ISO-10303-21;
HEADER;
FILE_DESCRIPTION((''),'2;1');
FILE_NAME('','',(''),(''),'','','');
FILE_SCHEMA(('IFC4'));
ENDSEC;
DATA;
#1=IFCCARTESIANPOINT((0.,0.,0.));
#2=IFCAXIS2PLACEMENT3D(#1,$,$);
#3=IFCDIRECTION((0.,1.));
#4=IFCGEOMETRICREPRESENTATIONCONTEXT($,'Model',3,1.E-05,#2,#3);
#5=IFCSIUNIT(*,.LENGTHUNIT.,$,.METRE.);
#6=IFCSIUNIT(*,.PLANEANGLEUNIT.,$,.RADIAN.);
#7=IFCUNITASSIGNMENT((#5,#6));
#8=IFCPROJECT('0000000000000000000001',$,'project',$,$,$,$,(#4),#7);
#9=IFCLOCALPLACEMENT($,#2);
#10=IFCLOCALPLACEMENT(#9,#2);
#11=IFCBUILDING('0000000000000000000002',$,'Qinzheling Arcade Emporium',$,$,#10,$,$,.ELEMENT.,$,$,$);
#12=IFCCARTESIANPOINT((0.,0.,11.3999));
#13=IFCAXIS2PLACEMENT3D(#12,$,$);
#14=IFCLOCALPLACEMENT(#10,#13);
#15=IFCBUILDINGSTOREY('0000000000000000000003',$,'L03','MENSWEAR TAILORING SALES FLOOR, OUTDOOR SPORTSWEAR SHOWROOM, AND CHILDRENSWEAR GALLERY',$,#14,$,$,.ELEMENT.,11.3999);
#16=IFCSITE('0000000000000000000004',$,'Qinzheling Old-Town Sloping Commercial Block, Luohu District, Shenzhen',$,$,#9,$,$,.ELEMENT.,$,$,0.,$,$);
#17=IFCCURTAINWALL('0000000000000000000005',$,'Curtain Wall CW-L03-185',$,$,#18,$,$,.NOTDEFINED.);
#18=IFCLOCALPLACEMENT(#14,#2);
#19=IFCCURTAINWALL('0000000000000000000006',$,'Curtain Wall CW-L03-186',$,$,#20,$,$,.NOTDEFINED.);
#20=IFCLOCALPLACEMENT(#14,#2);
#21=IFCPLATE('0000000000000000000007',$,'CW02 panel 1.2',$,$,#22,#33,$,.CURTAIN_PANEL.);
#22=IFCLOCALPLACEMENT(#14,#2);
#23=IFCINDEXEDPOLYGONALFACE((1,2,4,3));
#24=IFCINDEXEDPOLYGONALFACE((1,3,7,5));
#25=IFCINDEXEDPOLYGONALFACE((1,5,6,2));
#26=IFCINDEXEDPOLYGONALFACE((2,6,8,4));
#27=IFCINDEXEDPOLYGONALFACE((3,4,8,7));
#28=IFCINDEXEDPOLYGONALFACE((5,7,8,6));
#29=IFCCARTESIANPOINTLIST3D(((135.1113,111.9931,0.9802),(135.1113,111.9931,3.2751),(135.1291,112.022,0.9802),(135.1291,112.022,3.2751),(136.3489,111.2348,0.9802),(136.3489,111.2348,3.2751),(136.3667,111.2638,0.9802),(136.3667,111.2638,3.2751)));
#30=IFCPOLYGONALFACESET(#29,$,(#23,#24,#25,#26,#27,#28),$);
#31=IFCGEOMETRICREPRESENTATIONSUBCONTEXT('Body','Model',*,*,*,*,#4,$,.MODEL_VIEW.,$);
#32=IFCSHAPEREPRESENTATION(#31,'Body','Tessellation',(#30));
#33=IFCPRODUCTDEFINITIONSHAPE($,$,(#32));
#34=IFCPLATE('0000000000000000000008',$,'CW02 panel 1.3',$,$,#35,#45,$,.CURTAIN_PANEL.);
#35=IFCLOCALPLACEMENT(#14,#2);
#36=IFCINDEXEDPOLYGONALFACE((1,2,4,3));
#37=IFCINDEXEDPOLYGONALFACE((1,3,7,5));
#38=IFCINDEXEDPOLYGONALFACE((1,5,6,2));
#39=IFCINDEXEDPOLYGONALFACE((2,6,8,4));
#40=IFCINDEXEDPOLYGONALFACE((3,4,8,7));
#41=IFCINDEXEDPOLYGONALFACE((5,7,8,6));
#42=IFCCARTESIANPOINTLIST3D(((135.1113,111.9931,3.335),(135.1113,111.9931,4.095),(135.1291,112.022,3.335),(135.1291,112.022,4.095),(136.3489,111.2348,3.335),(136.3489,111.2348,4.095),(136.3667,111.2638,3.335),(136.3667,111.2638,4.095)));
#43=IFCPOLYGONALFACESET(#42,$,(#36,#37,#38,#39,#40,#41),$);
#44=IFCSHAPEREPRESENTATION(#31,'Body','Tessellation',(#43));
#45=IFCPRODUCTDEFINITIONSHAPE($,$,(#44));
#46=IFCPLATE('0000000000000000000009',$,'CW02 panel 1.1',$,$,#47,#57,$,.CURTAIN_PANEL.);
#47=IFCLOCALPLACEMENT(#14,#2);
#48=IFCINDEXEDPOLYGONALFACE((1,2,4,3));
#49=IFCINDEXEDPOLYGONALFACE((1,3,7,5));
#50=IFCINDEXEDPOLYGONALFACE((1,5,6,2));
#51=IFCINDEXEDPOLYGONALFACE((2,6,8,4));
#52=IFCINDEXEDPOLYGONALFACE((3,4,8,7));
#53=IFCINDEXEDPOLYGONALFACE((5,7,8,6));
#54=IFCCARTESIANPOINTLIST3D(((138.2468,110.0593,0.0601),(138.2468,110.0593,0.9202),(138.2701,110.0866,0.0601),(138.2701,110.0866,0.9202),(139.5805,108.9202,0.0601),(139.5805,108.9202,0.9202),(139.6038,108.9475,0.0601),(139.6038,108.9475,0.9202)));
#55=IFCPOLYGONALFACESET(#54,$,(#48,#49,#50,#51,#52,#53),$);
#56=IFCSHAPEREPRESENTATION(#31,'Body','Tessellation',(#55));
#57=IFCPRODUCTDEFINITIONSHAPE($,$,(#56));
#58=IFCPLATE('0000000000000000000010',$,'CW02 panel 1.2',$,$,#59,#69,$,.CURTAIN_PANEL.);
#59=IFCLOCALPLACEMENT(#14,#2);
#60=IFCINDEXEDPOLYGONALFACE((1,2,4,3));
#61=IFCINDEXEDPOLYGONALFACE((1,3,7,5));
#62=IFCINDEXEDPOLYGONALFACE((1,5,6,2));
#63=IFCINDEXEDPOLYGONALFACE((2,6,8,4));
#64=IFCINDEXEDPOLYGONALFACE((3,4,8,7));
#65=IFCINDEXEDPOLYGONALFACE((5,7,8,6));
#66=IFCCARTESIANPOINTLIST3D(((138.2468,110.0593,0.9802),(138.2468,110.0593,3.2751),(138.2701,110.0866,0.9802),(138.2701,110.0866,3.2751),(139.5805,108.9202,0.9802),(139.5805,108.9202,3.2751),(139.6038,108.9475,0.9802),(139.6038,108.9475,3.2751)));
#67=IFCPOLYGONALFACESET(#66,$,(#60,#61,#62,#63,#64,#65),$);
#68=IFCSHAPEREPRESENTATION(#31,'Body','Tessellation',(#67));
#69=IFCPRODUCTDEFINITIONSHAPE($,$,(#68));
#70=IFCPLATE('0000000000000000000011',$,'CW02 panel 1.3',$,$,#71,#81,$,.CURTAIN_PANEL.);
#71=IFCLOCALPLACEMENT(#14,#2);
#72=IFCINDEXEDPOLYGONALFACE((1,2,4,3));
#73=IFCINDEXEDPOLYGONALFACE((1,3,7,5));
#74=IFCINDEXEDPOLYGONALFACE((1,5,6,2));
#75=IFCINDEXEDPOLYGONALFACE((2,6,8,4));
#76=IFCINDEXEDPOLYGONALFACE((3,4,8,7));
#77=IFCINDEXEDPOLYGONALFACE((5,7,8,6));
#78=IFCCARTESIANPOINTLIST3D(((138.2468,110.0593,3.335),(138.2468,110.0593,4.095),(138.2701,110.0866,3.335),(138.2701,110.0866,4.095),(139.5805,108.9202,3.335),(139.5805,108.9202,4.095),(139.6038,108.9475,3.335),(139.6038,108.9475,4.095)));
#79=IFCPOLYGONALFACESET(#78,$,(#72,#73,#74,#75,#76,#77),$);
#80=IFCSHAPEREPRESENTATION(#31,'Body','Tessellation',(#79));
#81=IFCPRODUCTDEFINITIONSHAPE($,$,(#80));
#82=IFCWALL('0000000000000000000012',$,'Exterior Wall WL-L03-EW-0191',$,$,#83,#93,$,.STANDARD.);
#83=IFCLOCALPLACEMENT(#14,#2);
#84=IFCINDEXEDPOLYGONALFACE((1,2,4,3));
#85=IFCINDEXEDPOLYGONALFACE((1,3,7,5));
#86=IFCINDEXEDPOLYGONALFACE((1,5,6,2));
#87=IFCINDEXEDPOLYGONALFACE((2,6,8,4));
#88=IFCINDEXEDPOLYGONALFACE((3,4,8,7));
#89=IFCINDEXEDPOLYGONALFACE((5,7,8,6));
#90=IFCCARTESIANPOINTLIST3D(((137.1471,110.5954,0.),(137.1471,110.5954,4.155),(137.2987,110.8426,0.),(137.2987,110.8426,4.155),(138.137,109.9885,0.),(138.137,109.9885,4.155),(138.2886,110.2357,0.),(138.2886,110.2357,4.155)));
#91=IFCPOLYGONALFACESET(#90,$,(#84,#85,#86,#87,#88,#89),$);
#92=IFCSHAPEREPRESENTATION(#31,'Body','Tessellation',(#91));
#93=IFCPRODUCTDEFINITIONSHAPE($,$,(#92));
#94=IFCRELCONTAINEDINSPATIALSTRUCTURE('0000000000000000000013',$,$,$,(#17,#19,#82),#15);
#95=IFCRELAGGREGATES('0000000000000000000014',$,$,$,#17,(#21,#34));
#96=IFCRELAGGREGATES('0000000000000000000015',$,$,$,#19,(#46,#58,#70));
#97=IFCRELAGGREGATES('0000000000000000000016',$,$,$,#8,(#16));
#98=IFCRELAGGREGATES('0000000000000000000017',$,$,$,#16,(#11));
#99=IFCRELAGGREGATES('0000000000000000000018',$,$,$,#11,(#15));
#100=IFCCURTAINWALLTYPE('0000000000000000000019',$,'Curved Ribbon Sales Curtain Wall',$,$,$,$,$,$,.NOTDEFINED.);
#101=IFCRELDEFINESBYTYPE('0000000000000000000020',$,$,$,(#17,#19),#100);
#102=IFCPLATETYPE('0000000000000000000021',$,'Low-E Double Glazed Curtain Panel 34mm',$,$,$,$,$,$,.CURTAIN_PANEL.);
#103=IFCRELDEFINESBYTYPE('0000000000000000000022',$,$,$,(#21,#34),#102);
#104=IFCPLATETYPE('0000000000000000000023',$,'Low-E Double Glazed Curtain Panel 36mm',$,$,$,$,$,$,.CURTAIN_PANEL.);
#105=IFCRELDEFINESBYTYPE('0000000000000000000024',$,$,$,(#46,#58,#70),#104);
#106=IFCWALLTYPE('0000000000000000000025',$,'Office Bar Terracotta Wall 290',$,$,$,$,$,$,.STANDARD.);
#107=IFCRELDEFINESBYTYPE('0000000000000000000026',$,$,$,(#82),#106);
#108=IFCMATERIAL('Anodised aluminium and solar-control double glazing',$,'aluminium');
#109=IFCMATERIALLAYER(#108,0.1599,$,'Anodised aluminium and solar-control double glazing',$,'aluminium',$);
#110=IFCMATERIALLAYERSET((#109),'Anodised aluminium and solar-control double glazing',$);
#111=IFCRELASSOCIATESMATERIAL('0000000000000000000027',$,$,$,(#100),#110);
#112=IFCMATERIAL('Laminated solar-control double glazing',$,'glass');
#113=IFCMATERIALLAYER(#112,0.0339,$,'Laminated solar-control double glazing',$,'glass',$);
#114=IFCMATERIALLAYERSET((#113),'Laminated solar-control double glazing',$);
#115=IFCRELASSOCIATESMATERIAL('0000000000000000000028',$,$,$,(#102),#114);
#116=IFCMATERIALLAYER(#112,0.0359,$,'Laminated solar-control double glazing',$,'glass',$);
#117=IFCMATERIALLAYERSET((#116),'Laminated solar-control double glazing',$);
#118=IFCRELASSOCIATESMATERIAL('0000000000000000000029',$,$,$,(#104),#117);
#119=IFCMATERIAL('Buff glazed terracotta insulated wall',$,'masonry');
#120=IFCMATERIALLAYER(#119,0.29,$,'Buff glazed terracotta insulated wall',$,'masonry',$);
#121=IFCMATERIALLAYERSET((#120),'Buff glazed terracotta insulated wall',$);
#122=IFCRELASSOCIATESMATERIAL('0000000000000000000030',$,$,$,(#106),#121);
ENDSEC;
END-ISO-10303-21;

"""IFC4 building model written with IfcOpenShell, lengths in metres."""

from ifc_helpers import new_model, si_unit, direction, frame, frame_2d, origin, origin_2d, place, context, subcontext, project, spatial, rectangle, extrude, material, layer, layer_set, type_object, element, aggregate, save


model = new_model("IFC4")

# Units and contexts
model_context = context("Model", 3, precision=1e-05, world=origin(), true_north=direction((0.0, 1.0)))
body_context = subcontext(model_context, "Body", "Model", "MODEL_VIEW")
ifc_project = project(units=[si_unit("LENGTHUNIT", "METRE"), si_unit("PLANEANGLEUNIT", "RADIAN")], contexts=[model_context])

# Site, building, storey
site_placement = place(None, origin())
site = spatial("IfcSite", under=ifc_project, at=site_placement, Name="Qinzheling Old-Town Sloping Commercial Block, Luohu District, Shenzhen", CompositionType="ELEMENT", RefElevation=0.0)
building_placement = place(site_placement, origin())
building = spatial("IfcBuilding", under=site, at=building_placement, Name="Qinzheling Arcade Emporium", CompositionType="ELEMENT")
storey_placement = place(building_placement, frame((0.0, 0.0, 11.3999)))
storey = spatial("IfcBuildingStorey", under=building, at=storey_placement, Name="L03", Description="MENSWEAR TAILORING SALES FLOOR, OUTDOOR SPORTSWEAR SHOWROOM, AND CHILDRENSWEAR GALLERY", CompositionType="ELEMENT", Elevation=11.3999)

# Curtain wall
ifc_material_1 = material(Name="Anodised aluminium and solar-control double glazing", Category="aluminium")
ifc_layer_1 = layer(ifc_material_1, 0.1599, Name="Anodised aluminium and solar-control double glazing", Category="aluminium")
ifc_layer_set_1 = layer_set([ifc_layer_1], Name="Anodised aluminium and solar-control double glazing")
curtain_wall_type = type_object("IfcCurtainWallType", Name="Curved Ribbon Sales Curtain Wall", PredefinedType="NOTDEFINED", material=ifc_layer_set_1)
curtain_wall_1_placement = place(storey_placement, origin())
curtain_wall_1 = element("IfcCurtainWall", 1, at=curtain_wall_1_placement, inside=storey, type_object=curtain_wall_type, Name="Curtain Wall CW-L03-185", PredefinedType="NOTDEFINED")

# Curtain wall
curtain_wall_2_placement = place(storey_placement, origin())
curtain_wall_2 = element("IfcCurtainWall", 2, at=curtain_wall_2_placement, inside=storey, type_object=curtain_wall_type, Name="Curtain Wall CW-L03-186", PredefinedType="NOTDEFINED")

# Plates
ifc_material_2 = material(Name="Laminated solar-control double glazing", Category="glass")
ifc_layer_2 = layer(ifc_material_2, 0.0339, Name="Laminated solar-control double glazing", Category="glass")
ifc_layer_set_2 = layer_set([ifc_layer_2], Name="Laminated solar-control double glazing")
plate_type_1 = type_object("IfcPlateType", Name="Low-E Double Glazed Curtain Panel 34mm", PredefinedType="CURTAIN_PANEL", material=ifc_layer_set_2)
plate_1_placement = place(storey_placement, frame((135.739, 111.6284, 0.9802), z_axis=(0.0, 0.0, 1.0), x_axis=(0.852684, -0.522428, 0.0)))
plate_1 = element("IfcPlate", 3, at=plate_1_placement, type_object=plate_type_1, Name="CW02 panel 1.2", PredefinedType="CURTAIN_PANEL", context=body_context, shape_type="SweptSolid", body=[
    extrude(rectangle(XDim=1.4514, YDim=0.0339, at=origin_2d()), origin(), (0.0, 0.0, 1.0), 2.2949),
])
plate_2_placement = place(storey_placement, frame((135.739, 111.6284, 3.335), z_axis=(0.0, 0.0, 1.0), x_axis=(0.852684, -0.522428, 0.0)))
plate_2 = element("IfcPlate", 4, at=plate_2_placement, type_object=plate_type_1, Name="CW02 panel 1.3", PredefinedType="CURTAIN_PANEL", context=body_context, shape_type="SweptSolid", body=[
    extrude(rectangle(XDim=1.4514, YDim=0.0339, at=origin_2d()), origin(), (0.0, 0.0, 1.0), 0.76),
])
aggregate(curtain_wall_1, [plate_1, plate_2])
ifc_layer_3 = layer(ifc_material_2, 0.0359, Name="Laminated solar-control double glazing", Category="glass")
ifc_layer_set_3 = layer_set([ifc_layer_3], Name="Laminated solar-control double glazing")
plate_type_2 = type_object("IfcPlateType", Name="Low-E Double Glazed Curtain Panel 36mm", PredefinedType="CURTAIN_PANEL", material=ifc_layer_set_3)
plate_3_placement = place(storey_placement, frame((138.9253, 109.5034, 0.0601), z_axis=(0.0, 0.0, 1.0), x_axis=(0.760385, -0.649473, 0.0)))
plate_3 = element("IfcPlate", 5, at=plate_3_placement, type_object=plate_type_2, Name="CW02 panel 1.1", PredefinedType="CURTAIN_PANEL", context=body_context, shape_type="SweptSolid", body=[
    extrude(rectangle(XDim=1.7539, YDim=0.0359, at=origin_2d()), origin(), (0.0, 0.0, 1.0), 0.8601),
])
plate_4_placement = place(storey_placement, frame((138.9253, 109.5034, 0.9802), z_axis=(0.0, 0.0, 1.0), x_axis=(0.760385, -0.649473, 0.0)))
plate_4 = element("IfcPlate", 6, at=plate_4_placement, type_object=plate_type_2, Name="CW02 panel 1.2", PredefinedType="CURTAIN_PANEL", context=body_context, shape_type="SweptSolid", body=[
    extrude(rectangle(XDim=1.7539, YDim=0.0359, at=origin_2d()), origin(), (0.0, 0.0, 1.0), 2.2949),
])
plate_5_placement = place(storey_placement, frame((138.9253, 109.5034, 3.335), z_axis=(0.0, 0.0, 1.0), x_axis=(0.760385, -0.649473, 0.0)))
plate_5 = element("IfcPlate", 7, at=plate_5_placement, type_object=plate_type_2, Name="CW02 panel 1.3", PredefinedType="CURTAIN_PANEL", context=body_context, shape_type="SweptSolid", body=[
    extrude(rectangle(XDim=1.7539, YDim=0.0359, at=origin_2d()), origin(), (0.0, 0.0, 1.0), 0.76),
])
aggregate(curtain_wall_2, [plate_3, plate_4, plate_5])

# Wall
ifc_material_3 = material(Name="Buff glazed terracotta insulated wall", Category="masonry")
ifc_layer_4 = layer(ifc_material_3, 0.29, Name="Buff glazed terracotta insulated wall", Category="masonry")
ifc_layer_set_4 = layer_set([ifc_layer_4], Name="Buff glazed terracotta insulated wall")
wall_type = type_object("IfcWallType", Name="Office Bar Terracotta Wall 290", PredefinedType="STANDARD", material=ifc_layer_set_4)
wall_placement = place(storey_placement, frame((137.2229, 110.719, 0.0), z_axis=(0.0, 0.0, 1.0), x_axis=(0.852538, -0.522666, 0.0)))
element("IfcWall", 8, at=wall_placement, inside=storey, type_object=wall_type, Name="Exterior Wall WL-L03-EW-0191", PredefinedType="STANDARD", context=body_context, shape_type="SweptSolid", body=[
    extrude(rectangle(XDim=1.1611, YDim=0.29, at=frame_2d((0.5806, 0.0))), origin(), (0.0, 0.0, 1.0), 4.155),
])

save(model, "model.ifc")
